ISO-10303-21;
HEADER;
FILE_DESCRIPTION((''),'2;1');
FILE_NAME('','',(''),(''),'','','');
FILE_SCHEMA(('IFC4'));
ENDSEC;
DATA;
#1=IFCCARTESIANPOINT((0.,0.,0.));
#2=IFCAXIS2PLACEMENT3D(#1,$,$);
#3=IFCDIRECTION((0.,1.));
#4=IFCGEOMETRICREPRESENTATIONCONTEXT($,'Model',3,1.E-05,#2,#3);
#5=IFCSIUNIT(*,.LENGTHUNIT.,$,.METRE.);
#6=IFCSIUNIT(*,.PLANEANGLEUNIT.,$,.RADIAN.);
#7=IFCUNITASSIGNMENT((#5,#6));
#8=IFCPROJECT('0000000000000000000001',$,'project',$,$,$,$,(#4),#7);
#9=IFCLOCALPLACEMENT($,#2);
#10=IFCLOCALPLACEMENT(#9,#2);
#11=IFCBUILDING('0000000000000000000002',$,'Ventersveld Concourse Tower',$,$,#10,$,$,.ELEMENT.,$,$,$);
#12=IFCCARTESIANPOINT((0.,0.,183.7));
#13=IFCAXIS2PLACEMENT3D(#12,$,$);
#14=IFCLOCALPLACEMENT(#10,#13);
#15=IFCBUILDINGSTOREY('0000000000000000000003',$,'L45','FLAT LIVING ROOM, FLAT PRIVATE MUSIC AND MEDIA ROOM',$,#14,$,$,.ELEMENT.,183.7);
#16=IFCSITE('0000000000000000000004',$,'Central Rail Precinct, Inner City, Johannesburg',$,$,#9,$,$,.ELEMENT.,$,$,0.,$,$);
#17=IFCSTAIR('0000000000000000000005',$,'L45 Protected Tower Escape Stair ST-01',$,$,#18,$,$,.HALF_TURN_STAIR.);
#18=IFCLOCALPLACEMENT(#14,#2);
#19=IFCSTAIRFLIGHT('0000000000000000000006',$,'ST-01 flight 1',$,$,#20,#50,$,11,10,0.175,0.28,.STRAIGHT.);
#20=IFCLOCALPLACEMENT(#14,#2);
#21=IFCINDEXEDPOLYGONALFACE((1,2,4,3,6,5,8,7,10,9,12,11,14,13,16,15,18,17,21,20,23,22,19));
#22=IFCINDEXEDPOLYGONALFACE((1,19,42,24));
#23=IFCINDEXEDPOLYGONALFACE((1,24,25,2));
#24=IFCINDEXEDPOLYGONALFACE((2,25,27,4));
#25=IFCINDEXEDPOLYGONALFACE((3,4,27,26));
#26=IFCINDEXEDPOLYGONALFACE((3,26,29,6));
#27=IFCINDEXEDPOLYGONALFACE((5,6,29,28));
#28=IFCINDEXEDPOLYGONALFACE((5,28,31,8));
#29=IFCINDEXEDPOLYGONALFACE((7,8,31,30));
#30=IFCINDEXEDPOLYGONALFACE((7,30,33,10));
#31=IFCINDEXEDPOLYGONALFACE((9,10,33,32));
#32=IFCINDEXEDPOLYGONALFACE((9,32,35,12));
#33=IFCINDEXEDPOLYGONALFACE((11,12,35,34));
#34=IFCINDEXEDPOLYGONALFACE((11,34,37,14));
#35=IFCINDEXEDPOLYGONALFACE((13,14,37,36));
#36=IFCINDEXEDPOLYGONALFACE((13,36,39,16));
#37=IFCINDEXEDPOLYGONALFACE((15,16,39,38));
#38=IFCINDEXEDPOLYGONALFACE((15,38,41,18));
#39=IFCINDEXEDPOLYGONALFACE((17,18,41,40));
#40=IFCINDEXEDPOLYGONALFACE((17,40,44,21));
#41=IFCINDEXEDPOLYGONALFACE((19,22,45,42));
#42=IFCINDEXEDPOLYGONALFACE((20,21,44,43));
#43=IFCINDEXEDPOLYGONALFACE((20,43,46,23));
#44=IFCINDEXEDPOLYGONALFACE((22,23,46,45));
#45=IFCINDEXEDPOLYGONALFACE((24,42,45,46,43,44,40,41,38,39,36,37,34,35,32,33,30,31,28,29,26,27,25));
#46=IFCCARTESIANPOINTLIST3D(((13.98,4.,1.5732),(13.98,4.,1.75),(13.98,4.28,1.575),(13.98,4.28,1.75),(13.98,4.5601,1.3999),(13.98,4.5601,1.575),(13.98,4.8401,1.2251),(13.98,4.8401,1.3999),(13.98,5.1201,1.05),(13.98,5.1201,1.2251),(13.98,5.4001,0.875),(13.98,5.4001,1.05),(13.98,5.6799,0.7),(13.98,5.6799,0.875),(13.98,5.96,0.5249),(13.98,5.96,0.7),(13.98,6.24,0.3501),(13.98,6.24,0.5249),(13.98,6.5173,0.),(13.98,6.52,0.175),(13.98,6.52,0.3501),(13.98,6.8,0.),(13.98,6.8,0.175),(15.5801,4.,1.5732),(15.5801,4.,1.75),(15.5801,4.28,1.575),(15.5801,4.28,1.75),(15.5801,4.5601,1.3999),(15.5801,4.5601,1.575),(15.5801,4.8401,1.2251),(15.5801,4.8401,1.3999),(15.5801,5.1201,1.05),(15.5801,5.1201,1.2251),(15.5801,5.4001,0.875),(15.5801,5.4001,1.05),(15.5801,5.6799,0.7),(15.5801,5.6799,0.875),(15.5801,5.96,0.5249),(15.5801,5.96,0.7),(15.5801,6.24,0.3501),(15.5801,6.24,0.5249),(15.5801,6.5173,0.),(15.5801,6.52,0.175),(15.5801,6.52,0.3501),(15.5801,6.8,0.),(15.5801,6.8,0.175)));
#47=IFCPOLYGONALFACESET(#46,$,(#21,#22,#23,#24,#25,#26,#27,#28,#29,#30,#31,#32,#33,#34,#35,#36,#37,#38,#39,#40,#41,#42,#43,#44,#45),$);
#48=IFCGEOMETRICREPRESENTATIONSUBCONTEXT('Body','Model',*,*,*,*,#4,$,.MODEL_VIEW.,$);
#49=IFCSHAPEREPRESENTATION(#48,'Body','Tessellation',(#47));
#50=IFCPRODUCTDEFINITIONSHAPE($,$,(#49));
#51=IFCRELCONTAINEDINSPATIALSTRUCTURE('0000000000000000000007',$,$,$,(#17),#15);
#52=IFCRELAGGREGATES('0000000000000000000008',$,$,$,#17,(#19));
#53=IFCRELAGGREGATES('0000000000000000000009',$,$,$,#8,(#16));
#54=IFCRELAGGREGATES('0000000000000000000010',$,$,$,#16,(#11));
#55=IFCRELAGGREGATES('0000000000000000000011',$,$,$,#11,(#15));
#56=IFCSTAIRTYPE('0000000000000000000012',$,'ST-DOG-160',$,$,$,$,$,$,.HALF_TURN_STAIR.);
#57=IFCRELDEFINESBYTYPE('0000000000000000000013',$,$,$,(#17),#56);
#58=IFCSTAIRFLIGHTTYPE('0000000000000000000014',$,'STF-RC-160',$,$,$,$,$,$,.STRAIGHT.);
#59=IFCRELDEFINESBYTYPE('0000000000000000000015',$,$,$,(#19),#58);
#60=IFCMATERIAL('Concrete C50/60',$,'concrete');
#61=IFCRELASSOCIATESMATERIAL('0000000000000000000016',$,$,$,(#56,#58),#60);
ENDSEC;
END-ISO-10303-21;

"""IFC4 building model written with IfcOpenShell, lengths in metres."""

from ifc_helpers import new_model, si_unit, direction, frame, origin, place, context, subcontext, project, spatial, polyline, outline, extrude, material, type_object, element, aggregate, save


model = new_model("IFC4")

# Units and contexts
model_context = context("Model", 3, precision=1e-05, world=origin(), true_north=direction((0.0, 1.0)))
body_context = subcontext(model_context, "Body", "Model", "MODEL_VIEW")
ifc_project = project(units=[si_unit("LENGTHUNIT", "METRE"), si_unit("PLANEANGLEUNIT", "RADIAN")], contexts=[model_context])

# Site, building, storey
site_placement = place(None, origin())
site = spatial("IfcSite", under=ifc_project, at=site_placement, Name="Central Rail Precinct, Inner City, Johannesburg", CompositionType="ELEMENT", RefElevation=0.0)
building_placement = place(site_placement, origin())
building = spatial("IfcBuilding", under=site, at=building_placement, Name="Ventersveld Concourse Tower", CompositionType="ELEMENT")
storey_placement = place(building_placement, frame((0.0, 0.0, 183.7)))
storey = spatial("IfcBuildingStorey", under=building, at=storey_placement, Name="L45", Description="FLAT LIVING ROOM, FLAT PRIVATE MUSIC AND MEDIA ROOM", CompositionType="ELEMENT", Elevation=183.7)

# Stair, stair flight
ifc_material_1 = material(Name="Concrete C50/60", Category="concrete")
stair_type = type_object("IfcStairType", Name="ST-DOG-160", PredefinedType="HALF_TURN_STAIR", material=ifc_material_1)
stair_placement = place(storey_placement, origin())
stair = element("IfcStair", 1, at=stair_placement, inside=storey, type_object=stair_type, Name="L45 Protected Tower Escape Stair ST-01", PredefinedType="HALF_TURN_STAIR")
stair_flight_type = type_object("IfcStairFlightType", Name="STF-RC-160", PredefinedType="STRAIGHT", material=ifc_material_1)
stair_flight_placement = place(storey_placement, frame((14.78, 6.8, 0.0), z_axis=(0.0, 0.0, 1.0), x_axis=(0.0, -1.0, 0.0)))
stair_flight = element("IfcStairFlight", 2, at=stair_flight_placement, type_object=stair_flight_type, Name="ST-01 flight 1", NumberOfRisers=11, NumberOfTreads=10, PredefinedType="STRAIGHT", RiserHeight=0.175, TreadLength=0.28, context=body_context, shape_type="SweptSolid", body=[
    extrude(outline(polyline([(0.0, 0.0), (0.0, 0.175), (0.28, 0.175), (0.28, 0.3501), (0.5601, 0.3501), (0.5601, 0.5249), (0.8401, 0.5249), (0.8401, 0.7), (1.1201, 0.7), (1.1201, 0.875), (1.3999, 0.875), (1.3999, 1.05), (1.6799, 1.05), (1.6799, 1.2251), (1.96, 1.2251), (1.96, 1.3999), (2.24, 1.3999), (2.24, 1.575), (2.52, 1.575), (2.52, 1.75), (2.8, 1.75), (2.8, 1.925), (2.8, 1.5732), (0.2827, 0.0), (0.0, 0.0)])), frame((0.0, 0.8, 0.0), z_axis=(0.0, -1.0, 0.0), x_axis=(1.0, 0.0, 0.0)), (0.0, 0.0, 1.0), 1.6001),
])
aggregate(stair, [stair_flight])

save(model, "model.ifc")
